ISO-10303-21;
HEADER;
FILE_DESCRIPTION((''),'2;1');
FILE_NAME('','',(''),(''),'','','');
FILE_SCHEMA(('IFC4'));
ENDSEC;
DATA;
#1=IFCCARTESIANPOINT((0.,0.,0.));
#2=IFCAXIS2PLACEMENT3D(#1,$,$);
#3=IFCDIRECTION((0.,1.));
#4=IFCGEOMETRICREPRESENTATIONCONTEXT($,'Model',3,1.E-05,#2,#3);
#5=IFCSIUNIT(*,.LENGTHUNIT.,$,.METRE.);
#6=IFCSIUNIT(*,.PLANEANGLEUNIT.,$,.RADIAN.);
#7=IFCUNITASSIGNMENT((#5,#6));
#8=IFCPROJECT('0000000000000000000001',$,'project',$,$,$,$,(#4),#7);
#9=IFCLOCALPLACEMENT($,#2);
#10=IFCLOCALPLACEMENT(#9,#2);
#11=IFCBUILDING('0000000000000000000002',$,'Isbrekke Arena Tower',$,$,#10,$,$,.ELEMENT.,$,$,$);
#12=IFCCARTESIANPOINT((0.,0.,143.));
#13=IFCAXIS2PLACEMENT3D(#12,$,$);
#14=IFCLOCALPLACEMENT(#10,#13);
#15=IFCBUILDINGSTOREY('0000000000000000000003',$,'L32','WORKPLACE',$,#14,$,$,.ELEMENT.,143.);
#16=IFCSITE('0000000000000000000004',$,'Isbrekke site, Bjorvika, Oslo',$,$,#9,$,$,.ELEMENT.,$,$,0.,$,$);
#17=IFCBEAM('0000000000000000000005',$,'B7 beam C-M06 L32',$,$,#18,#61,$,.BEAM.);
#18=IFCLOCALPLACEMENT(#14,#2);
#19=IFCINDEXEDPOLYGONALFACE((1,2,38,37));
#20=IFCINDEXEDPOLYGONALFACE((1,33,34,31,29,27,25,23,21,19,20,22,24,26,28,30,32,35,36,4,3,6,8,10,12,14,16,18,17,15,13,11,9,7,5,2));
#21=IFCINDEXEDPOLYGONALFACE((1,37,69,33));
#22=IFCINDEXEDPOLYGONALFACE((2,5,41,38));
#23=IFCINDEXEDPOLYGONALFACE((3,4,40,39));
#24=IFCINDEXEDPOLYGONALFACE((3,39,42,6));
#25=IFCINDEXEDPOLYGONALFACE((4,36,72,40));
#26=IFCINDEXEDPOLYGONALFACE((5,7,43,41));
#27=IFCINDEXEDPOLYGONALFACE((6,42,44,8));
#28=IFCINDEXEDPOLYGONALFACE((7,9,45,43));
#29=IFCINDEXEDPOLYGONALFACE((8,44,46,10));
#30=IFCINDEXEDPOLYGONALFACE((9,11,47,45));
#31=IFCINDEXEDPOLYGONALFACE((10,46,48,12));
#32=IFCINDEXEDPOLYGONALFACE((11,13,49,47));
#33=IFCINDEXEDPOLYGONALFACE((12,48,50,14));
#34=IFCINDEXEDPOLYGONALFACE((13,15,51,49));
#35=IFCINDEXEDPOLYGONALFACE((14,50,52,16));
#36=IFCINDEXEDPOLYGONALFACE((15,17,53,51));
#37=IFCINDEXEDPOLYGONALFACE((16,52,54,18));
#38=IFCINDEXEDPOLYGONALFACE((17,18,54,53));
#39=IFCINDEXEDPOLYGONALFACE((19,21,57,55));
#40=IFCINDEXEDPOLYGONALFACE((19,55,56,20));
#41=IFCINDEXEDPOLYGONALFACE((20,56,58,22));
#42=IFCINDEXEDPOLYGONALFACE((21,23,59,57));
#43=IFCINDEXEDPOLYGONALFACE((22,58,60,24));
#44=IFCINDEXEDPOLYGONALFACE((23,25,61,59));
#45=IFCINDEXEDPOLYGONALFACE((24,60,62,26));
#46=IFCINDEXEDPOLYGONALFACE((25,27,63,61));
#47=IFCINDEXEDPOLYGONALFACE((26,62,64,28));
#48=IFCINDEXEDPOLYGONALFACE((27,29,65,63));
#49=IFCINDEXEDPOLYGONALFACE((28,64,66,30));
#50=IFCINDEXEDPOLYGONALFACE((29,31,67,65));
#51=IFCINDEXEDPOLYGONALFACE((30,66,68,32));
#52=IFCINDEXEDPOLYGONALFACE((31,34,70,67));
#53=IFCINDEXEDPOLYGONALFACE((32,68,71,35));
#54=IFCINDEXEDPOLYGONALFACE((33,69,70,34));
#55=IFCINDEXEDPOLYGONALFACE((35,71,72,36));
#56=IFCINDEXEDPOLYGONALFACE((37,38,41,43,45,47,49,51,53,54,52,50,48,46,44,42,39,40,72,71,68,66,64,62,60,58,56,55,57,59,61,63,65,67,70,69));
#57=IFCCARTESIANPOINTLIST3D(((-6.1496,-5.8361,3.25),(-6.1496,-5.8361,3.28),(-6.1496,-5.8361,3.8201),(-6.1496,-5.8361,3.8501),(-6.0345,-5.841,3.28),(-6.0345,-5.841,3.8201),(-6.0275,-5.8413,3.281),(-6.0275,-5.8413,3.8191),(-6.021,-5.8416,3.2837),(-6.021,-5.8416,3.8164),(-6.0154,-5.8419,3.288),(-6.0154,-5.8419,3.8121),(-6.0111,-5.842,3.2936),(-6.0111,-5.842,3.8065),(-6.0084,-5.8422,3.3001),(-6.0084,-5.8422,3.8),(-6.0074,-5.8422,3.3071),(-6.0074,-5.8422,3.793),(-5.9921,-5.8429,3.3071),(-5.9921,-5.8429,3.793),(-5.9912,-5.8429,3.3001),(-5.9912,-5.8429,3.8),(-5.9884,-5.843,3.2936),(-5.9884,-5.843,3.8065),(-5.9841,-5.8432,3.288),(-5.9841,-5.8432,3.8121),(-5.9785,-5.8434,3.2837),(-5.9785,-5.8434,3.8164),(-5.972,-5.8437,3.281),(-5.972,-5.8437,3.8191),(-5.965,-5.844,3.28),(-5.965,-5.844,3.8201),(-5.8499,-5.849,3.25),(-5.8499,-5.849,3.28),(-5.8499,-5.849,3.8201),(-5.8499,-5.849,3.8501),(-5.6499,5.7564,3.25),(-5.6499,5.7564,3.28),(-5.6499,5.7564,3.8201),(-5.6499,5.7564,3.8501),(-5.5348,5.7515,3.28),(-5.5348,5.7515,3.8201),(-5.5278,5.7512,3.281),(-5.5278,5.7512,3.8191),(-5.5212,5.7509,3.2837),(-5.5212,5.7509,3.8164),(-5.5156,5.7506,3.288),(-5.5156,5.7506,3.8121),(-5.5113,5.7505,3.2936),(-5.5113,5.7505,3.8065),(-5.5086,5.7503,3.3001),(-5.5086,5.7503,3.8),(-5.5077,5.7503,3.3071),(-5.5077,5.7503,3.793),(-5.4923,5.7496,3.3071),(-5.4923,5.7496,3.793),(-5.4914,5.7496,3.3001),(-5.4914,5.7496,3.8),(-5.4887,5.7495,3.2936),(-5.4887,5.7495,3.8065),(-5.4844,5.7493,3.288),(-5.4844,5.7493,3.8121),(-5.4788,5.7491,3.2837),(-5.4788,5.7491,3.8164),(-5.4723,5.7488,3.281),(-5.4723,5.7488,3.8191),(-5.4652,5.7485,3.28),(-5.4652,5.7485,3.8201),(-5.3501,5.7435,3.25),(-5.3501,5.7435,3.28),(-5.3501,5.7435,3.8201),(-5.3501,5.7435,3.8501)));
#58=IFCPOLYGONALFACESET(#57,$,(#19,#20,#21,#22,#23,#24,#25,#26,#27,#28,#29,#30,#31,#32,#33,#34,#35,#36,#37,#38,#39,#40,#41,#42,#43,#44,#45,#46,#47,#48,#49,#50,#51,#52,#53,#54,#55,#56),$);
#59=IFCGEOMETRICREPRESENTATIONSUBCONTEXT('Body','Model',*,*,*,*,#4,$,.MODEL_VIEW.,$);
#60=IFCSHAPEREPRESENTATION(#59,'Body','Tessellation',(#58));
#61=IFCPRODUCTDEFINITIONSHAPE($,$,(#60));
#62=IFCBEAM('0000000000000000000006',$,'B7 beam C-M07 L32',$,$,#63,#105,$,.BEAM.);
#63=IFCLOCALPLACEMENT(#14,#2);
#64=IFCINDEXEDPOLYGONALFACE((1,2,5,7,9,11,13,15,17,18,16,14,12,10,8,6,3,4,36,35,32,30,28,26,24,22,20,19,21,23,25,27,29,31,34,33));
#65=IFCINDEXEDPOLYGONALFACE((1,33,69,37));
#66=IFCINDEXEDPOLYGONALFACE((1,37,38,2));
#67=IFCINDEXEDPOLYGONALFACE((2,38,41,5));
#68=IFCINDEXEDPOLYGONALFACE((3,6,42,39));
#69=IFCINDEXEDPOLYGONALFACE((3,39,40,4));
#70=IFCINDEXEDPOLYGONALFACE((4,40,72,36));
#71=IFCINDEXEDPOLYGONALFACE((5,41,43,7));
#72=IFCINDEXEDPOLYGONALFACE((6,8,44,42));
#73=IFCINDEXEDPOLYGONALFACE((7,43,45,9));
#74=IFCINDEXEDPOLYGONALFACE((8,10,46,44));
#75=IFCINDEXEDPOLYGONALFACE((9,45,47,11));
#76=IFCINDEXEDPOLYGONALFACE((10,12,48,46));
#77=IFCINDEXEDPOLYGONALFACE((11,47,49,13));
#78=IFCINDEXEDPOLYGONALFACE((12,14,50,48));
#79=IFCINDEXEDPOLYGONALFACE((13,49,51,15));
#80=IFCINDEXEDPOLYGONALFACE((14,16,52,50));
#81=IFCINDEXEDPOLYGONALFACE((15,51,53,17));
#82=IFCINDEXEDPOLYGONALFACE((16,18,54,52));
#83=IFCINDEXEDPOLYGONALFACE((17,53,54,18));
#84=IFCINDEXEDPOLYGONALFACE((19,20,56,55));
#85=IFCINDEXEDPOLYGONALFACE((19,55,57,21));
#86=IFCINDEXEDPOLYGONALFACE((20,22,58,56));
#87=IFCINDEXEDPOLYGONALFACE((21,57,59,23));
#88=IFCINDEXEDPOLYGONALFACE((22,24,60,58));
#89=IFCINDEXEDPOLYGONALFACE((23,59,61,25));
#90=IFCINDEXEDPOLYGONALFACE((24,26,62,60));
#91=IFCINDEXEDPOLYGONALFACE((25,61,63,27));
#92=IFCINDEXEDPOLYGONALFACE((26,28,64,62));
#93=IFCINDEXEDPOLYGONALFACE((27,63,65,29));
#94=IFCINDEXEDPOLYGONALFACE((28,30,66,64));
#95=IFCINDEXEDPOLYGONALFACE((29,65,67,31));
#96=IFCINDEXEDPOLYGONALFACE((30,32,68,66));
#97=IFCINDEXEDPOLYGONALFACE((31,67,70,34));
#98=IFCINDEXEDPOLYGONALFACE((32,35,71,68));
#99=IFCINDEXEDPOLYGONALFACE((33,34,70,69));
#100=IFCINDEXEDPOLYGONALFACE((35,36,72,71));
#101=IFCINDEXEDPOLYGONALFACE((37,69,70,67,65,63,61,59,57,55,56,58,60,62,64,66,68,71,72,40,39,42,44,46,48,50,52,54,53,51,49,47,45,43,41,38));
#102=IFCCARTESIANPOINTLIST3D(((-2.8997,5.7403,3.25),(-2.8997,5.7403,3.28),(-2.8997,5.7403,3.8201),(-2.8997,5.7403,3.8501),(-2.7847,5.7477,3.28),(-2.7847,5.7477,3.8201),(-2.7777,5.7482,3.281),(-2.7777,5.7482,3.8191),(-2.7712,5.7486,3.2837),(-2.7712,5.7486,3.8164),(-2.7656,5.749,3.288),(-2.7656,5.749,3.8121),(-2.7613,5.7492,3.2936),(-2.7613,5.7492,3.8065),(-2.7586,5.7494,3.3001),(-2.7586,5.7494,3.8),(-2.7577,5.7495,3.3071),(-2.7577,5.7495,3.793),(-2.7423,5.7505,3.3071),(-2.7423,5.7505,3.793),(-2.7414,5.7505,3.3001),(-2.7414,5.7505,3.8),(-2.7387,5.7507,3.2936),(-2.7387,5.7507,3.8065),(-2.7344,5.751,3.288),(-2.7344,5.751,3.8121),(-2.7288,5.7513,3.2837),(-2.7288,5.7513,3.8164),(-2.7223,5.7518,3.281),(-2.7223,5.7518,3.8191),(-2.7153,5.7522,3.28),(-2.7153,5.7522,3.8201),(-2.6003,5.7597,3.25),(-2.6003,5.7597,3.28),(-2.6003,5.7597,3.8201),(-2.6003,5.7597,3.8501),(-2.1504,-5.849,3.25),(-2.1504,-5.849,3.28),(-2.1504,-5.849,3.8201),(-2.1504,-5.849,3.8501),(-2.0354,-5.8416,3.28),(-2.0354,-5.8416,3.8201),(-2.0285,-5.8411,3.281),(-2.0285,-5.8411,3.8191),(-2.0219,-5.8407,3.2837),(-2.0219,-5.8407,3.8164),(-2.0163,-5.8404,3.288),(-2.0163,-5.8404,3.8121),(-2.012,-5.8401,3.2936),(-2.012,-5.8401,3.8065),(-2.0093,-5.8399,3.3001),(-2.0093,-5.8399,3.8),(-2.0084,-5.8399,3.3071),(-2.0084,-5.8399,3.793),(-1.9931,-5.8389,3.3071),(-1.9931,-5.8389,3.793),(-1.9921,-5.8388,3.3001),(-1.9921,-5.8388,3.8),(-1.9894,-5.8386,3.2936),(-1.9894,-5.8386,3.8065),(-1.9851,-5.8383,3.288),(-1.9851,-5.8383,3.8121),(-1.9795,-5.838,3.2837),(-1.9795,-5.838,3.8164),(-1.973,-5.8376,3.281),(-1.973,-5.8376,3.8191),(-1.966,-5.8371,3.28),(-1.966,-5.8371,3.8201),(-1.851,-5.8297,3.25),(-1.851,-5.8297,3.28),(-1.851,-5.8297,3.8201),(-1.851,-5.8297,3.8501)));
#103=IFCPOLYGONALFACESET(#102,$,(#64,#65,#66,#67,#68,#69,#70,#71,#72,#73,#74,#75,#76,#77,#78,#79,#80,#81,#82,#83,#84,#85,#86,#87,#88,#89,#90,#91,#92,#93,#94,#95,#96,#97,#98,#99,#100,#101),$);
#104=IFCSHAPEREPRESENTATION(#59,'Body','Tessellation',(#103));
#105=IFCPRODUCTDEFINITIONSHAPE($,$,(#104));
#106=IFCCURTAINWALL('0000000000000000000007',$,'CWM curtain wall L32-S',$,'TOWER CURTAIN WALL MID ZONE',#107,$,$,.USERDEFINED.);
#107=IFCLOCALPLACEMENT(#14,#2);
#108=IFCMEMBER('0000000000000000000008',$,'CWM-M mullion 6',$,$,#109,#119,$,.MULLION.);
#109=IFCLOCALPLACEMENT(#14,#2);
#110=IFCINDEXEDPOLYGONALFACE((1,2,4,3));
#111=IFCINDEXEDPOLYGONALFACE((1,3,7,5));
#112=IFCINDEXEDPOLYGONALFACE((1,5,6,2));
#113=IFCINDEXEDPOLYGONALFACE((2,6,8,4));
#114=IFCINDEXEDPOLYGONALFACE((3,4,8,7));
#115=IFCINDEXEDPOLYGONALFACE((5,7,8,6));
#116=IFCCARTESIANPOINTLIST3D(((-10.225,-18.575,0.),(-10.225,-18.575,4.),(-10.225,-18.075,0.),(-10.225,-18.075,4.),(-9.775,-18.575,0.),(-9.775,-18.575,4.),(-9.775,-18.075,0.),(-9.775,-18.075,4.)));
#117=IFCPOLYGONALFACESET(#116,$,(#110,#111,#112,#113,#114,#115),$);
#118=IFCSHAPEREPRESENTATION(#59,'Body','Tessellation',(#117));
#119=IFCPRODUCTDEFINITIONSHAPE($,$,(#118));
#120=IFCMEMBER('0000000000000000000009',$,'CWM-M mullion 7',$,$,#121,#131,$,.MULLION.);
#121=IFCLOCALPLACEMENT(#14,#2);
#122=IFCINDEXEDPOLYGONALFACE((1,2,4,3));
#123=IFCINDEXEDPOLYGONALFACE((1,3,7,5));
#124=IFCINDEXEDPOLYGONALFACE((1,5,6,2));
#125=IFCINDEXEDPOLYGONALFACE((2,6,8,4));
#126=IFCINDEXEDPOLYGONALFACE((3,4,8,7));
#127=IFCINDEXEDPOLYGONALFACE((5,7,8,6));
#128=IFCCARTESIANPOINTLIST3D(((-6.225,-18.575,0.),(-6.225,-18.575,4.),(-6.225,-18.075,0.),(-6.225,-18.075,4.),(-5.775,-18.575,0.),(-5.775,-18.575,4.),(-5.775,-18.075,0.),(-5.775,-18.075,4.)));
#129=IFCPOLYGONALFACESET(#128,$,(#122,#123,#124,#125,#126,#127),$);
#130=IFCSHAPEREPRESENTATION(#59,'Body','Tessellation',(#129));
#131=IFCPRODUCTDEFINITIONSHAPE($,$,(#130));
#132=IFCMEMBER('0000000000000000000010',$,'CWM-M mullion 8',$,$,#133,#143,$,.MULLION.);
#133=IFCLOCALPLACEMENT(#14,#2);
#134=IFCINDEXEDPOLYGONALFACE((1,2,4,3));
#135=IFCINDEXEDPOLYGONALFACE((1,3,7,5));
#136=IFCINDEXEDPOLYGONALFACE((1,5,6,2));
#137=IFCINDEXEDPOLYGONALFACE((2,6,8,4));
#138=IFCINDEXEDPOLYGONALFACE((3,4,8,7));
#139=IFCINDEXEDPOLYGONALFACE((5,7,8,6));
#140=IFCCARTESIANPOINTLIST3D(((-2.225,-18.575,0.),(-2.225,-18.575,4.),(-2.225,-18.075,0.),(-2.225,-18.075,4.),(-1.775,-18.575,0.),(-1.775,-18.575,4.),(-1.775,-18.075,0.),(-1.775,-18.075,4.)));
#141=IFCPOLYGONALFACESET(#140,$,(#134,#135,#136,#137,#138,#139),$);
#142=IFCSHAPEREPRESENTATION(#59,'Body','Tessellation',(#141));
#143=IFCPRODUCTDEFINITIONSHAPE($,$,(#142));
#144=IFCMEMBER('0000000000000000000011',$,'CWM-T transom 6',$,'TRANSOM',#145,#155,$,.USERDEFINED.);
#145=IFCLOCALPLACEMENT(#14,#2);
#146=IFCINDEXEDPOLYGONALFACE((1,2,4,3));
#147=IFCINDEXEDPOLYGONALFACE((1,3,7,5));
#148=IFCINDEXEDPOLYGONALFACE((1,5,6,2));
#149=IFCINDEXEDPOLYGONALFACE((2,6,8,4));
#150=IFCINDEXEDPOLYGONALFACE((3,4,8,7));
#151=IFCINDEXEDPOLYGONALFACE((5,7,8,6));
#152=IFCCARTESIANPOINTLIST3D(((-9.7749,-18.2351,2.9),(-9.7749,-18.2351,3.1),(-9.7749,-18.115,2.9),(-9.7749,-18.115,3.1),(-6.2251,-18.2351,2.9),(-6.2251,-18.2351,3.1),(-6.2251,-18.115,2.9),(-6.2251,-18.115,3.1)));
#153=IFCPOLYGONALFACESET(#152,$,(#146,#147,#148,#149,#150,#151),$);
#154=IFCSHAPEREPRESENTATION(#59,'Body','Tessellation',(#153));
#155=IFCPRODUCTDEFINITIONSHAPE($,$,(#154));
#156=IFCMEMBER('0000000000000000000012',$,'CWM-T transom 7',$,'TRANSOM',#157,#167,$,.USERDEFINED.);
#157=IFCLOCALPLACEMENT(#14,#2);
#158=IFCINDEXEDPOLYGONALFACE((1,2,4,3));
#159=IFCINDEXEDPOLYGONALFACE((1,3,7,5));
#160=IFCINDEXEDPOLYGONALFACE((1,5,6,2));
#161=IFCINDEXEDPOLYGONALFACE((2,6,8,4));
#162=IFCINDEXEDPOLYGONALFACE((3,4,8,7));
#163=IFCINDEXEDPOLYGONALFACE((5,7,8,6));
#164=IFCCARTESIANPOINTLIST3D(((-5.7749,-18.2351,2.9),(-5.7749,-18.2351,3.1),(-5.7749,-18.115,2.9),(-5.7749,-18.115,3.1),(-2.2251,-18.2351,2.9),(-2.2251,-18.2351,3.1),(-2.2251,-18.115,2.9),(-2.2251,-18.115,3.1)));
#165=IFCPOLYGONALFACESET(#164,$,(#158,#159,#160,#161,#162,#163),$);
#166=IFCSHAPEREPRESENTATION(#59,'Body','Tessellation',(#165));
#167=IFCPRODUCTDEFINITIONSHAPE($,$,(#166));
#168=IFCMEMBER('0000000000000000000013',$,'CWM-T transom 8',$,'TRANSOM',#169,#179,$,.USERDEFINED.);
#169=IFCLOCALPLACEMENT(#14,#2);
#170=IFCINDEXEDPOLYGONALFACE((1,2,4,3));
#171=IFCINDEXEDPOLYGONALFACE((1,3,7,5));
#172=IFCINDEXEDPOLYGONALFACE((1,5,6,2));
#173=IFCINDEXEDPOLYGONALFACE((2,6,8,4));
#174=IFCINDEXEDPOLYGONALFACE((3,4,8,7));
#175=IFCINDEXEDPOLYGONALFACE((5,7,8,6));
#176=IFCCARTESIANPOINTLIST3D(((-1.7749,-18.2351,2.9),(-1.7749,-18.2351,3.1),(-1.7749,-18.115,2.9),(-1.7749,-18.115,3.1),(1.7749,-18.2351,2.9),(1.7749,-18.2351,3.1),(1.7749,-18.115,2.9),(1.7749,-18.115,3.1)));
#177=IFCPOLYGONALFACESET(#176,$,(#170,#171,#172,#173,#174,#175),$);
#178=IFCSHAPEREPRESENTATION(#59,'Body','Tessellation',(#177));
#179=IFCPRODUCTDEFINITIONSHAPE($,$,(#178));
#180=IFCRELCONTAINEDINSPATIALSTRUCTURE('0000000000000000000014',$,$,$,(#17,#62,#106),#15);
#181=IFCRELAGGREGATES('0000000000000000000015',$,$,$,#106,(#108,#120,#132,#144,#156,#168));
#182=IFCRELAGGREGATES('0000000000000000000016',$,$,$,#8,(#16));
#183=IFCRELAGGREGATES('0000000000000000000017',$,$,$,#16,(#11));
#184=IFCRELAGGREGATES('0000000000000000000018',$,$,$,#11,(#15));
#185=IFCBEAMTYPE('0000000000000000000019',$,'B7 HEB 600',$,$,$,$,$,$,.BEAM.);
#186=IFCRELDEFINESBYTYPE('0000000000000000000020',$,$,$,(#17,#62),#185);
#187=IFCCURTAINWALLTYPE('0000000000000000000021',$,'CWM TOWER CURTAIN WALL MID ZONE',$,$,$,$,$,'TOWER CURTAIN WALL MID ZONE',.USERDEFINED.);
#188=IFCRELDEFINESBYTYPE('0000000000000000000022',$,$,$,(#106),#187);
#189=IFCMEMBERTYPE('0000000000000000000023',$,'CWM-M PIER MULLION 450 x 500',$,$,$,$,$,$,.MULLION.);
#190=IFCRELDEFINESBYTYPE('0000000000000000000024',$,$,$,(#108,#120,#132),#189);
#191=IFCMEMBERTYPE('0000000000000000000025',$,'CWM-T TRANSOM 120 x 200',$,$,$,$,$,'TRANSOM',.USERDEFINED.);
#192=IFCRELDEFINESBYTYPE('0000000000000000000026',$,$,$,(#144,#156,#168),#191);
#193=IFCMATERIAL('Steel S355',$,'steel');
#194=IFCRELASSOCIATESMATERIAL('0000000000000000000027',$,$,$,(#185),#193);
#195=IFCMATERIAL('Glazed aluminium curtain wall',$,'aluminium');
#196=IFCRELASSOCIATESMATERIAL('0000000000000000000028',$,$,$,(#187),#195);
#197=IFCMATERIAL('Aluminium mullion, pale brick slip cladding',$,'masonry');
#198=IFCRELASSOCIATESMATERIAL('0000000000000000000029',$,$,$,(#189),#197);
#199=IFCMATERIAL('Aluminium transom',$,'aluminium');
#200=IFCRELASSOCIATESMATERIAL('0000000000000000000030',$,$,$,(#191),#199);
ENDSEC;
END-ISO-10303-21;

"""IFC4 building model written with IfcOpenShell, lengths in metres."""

from ifc_helpers import new_model, si_unit, direction, frame, origin, origin_2d, place, context, subcontext, project, spatial, rectangle, i_section, extrude, material, material_profile, profile_set, type_object, element, aggregate, save


model = new_model("IFC4")

# Units and contexts
model_context = context("Model", 3, precision=1e-05, world=origin(), true_north=direction((0.0, 1.0)))
body_context = subcontext(model_context, "Body", "Model", "MODEL_VIEW")
ifc_project = project(units=[si_unit("LENGTHUNIT", "METRE"), si_unit("PLANEANGLEUNIT", "RADIAN")], contexts=[model_context])

# Site, building, storey
site_placement = place(None, origin())
site = spatial("IfcSite", under=ifc_project, at=site_placement, Name="Isbrekke site, Bjorvika, Oslo", CompositionType="ELEMENT", RefElevation=0.0)
building_placement = place(site_placement, origin())
building = spatial("IfcBuilding", under=site, at=building_placement, Name="Isbrekke Arena Tower", CompositionType="ELEMENT")
storey_placement = place(building_placement, frame((0.0, 0.0, 143.0)))
storey = spatial("IfcBuildingStorey", under=building, at=storey_placement, Name="L32", Description="WORKPLACE", CompositionType="ELEMENT", Elevation=143.0)

# Beams
ifc_material_1 = material(Name="Steel S355", Category="steel")
ifc_material_profile_1 = material_profile(ifc_material_1, i_section(OverallWidth=0.3, OverallDepth=0.6001, WebThickness=0.0154, FlangeThickness=0.03, FilletRadius=0.0271, at=origin_2d()), Name="HEB 600")
ifc_profile_set_1 = profile_set([ifc_material_profile_1], Name="Steel S355")
beam_type_1 = type_object("IfcBeamType", Name="B7 HEB 600", PredefinedType="BEAM", material=ifc_profile_set_1)
beam_1_placement = place(storey_placement, frame((-5.9998, -5.8425, 3.55), z_axis=(0.04307, 0.999072, 0.0), x_axis=(-0.999072, 0.04307, 0.0)))
element("IfcBeam", 1, at=beam_1_placement, inside=storey, type_object=beam_type_1, Name="B7 beam C-M06 L32", PredefinedType="BEAM", context=body_context, shape_type="SweptSolid", body=[
    extrude(i_section(OverallWidth=0.3, OverallDepth=0.6001, WebThickness=0.0154, FlangeThickness=0.03, FilletRadius=0.0271, at=origin_2d()), origin(), (0.0, 0.0, 1.0), 11.6033),
])
beam_2_placement = place(storey_placement, frame((-2.0007, -5.8394, 3.55), z_axis=(-0.064517, 0.997917, 0.0), x_axis=(-0.997917, -0.064517, 0.0)))
element("IfcBeam", 2, at=beam_2_placement, inside=storey, type_object=beam_type_1, Name="B7 beam C-M07 L32", PredefinedType="BEAM", context=body_context, shape_type="SweptSolid", body=[
    extrude(i_section(OverallWidth=0.3, OverallDepth=0.6001, WebThickness=0.0154, FlangeThickness=0.03, FilletRadius=0.0271, at=origin_2d()), origin(), (0.0, 0.0, 1.0), 11.6135),
])

# Curtain wall, members
ifc_material_2 = material(Name="Glazed aluminium curtain wall", Category="aluminium")
curtain_wall_type = type_object("IfcCurtainWallType", Name="CWM TOWER CURTAIN WALL MID ZONE", ElementType="TOWER CURTAIN WALL MID ZONE", PredefinedType="USERDEFINED", material=ifc_material_2)
curtain_wall_placement = place(storey_placement, origin())
curtain_wall = element("IfcCurtainWall", 3, at=curtain_wall_placement, inside=storey, type_object=curtain_wall_type, Name="CWM curtain wall L32-S", ObjectType="TOWER CURTAIN WALL MID ZONE", PredefinedType="USERDEFINED")
ifc_material_3 = material(Name="Aluminium mullion, pale brick slip cladding", Category="masonry")
ifc_material_profile_2 = material_profile(ifc_material_3, rectangle(XDim=0.45, YDim=0.5, at=origin_2d()), Name="PIER 450X500")
ifc_profile_set_2 = profile_set([ifc_material_profile_2], Name="Aluminium mullion, pale brick slip cladding")
member_type_1 = type_object("IfcMemberType", Name="CWM-M PIER MULLION 450 x 500", PredefinedType="MULLION", material=ifc_profile_set_2)
member_1_placement = place(storey_placement, frame((-10.0, -18.325, 0.0), z_axis=(0.0, 0.0, 1.0), x_axis=(1.0, 0.0, 0.0)))
member_1 = element("IfcMember", 4, at=member_1_placement, type_object=member_type_1, Name="CWM-M mullion 6", PredefinedType="MULLION", context=body_context, shape_type="SweptSolid", body=[
    extrude(rectangle(XDim=0.45, YDim=0.5, at=origin_2d()), origin(), (0.0, 0.0, 1.0), 4.0),
])
member_2_placement = place(storey_placement, frame((-6.0, -18.325, 0.0), z_axis=(0.0, 0.0, 1.0), x_axis=(1.0, 0.0, 0.0)))
member_2 = element("IfcMember", 5, at=member_2_placement, type_object=member_type_1, Name="CWM-M mullion 7", PredefinedType="MULLION", context=body_context, shape_type="SweptSolid", body=[
    extrude(rectangle(XDim=0.45, YDim=0.5, at=origin_2d()), origin(), (0.0, 0.0, 1.0), 4.0),
])
member_3_placement = place(storey_placement, frame((-2.0, -18.325, 0.0), z_axis=(0.0, 0.0, 1.0), x_axis=(1.0, 0.0, 0.0)))
member_3 = element("IfcMember", 6, at=member_3_placement, type_object=member_type_1, Name="CWM-M mullion 8", PredefinedType="MULLION", context=body_context, shape_type="SweptSolid", body=[
    extrude(rectangle(XDim=0.45, YDim=0.5, at=origin_2d()), origin(), (0.0, 0.0, 1.0), 4.0),
])
ifc_material_4 = material(Name="Aluminium transom", Category="aluminium")
ifc_material_profile_3 = material_profile(ifc_material_4, rectangle(XDim=0.1201, YDim=0.2, at=origin_2d()), Name="TRANSOM 120X200")
ifc_profile_set_3 = profile_set([ifc_material_profile_3], Name="Aluminium transom")
member_type_2 = type_object("IfcMemberType", Name="CWM-T TRANSOM 120 x 200", ElementType="TRANSOM", PredefinedType="USERDEFINED", material=ifc_profile_set_3)
member_4_placement = place(storey_placement, frame((-9.7749, -18.175, 3.0), z_axis=(1.0, 0.0, 0.0), x_axis=(0.0, 1.0, 0.0)))
member_4 = element("IfcMember", 7, at=member_4_placement, type_object=member_type_2, Name="CWM-T transom 6", ObjectType="TRANSOM", PredefinedType="USERDEFINED", context=body_context, shape_type="SweptSolid", body=[
    extrude(rectangle(XDim=0.1201, YDim=0.2, at=origin_2d()), origin(), (0.0, 0.0, 1.0), 3.5498),
])
member_5_placement = place(storey_placement, frame((-5.7749, -18.175, 3.0), z_axis=(1.0, 0.0, 0.0), x_axis=(0.0, 1.0, 0.0)))
member_5 = element("IfcMember", 8, at=member_5_placement, type_object=member_type_2, Name="CWM-T transom 7", ObjectType="TRANSOM", PredefinedType="USERDEFINED", context=body_context, shape_type="SweptSolid", body=[
    extrude(rectangle(XDim=0.1201, YDim=0.2, at=origin_2d()), origin(), (0.0, 0.0, 1.0), 3.5498),
])
member_6_placement = place(storey_placement, frame((-1.7749, -18.175, 3.0), z_axis=(1.0, 0.0, 0.0), x_axis=(0.0, 1.0, 0.0)))
member_6 = element("IfcMember", 9, at=member_6_placement, type_object=member_type_2, Name="CWM-T transom 8", ObjectType="TRANSOM", PredefinedType="USERDEFINED", context=body_context, shape_type="SweptSolid", body=[
    extrude(rectangle(XDim=0.1201, YDim=0.2, at=origin_2d()), origin(), (0.0, 0.0, 1.0), 3.5498),
])

aggregate(curtain_wall, [member_1, member_2, member_3, member_4, member_5, member_6])

save(model, "model.ifc")
